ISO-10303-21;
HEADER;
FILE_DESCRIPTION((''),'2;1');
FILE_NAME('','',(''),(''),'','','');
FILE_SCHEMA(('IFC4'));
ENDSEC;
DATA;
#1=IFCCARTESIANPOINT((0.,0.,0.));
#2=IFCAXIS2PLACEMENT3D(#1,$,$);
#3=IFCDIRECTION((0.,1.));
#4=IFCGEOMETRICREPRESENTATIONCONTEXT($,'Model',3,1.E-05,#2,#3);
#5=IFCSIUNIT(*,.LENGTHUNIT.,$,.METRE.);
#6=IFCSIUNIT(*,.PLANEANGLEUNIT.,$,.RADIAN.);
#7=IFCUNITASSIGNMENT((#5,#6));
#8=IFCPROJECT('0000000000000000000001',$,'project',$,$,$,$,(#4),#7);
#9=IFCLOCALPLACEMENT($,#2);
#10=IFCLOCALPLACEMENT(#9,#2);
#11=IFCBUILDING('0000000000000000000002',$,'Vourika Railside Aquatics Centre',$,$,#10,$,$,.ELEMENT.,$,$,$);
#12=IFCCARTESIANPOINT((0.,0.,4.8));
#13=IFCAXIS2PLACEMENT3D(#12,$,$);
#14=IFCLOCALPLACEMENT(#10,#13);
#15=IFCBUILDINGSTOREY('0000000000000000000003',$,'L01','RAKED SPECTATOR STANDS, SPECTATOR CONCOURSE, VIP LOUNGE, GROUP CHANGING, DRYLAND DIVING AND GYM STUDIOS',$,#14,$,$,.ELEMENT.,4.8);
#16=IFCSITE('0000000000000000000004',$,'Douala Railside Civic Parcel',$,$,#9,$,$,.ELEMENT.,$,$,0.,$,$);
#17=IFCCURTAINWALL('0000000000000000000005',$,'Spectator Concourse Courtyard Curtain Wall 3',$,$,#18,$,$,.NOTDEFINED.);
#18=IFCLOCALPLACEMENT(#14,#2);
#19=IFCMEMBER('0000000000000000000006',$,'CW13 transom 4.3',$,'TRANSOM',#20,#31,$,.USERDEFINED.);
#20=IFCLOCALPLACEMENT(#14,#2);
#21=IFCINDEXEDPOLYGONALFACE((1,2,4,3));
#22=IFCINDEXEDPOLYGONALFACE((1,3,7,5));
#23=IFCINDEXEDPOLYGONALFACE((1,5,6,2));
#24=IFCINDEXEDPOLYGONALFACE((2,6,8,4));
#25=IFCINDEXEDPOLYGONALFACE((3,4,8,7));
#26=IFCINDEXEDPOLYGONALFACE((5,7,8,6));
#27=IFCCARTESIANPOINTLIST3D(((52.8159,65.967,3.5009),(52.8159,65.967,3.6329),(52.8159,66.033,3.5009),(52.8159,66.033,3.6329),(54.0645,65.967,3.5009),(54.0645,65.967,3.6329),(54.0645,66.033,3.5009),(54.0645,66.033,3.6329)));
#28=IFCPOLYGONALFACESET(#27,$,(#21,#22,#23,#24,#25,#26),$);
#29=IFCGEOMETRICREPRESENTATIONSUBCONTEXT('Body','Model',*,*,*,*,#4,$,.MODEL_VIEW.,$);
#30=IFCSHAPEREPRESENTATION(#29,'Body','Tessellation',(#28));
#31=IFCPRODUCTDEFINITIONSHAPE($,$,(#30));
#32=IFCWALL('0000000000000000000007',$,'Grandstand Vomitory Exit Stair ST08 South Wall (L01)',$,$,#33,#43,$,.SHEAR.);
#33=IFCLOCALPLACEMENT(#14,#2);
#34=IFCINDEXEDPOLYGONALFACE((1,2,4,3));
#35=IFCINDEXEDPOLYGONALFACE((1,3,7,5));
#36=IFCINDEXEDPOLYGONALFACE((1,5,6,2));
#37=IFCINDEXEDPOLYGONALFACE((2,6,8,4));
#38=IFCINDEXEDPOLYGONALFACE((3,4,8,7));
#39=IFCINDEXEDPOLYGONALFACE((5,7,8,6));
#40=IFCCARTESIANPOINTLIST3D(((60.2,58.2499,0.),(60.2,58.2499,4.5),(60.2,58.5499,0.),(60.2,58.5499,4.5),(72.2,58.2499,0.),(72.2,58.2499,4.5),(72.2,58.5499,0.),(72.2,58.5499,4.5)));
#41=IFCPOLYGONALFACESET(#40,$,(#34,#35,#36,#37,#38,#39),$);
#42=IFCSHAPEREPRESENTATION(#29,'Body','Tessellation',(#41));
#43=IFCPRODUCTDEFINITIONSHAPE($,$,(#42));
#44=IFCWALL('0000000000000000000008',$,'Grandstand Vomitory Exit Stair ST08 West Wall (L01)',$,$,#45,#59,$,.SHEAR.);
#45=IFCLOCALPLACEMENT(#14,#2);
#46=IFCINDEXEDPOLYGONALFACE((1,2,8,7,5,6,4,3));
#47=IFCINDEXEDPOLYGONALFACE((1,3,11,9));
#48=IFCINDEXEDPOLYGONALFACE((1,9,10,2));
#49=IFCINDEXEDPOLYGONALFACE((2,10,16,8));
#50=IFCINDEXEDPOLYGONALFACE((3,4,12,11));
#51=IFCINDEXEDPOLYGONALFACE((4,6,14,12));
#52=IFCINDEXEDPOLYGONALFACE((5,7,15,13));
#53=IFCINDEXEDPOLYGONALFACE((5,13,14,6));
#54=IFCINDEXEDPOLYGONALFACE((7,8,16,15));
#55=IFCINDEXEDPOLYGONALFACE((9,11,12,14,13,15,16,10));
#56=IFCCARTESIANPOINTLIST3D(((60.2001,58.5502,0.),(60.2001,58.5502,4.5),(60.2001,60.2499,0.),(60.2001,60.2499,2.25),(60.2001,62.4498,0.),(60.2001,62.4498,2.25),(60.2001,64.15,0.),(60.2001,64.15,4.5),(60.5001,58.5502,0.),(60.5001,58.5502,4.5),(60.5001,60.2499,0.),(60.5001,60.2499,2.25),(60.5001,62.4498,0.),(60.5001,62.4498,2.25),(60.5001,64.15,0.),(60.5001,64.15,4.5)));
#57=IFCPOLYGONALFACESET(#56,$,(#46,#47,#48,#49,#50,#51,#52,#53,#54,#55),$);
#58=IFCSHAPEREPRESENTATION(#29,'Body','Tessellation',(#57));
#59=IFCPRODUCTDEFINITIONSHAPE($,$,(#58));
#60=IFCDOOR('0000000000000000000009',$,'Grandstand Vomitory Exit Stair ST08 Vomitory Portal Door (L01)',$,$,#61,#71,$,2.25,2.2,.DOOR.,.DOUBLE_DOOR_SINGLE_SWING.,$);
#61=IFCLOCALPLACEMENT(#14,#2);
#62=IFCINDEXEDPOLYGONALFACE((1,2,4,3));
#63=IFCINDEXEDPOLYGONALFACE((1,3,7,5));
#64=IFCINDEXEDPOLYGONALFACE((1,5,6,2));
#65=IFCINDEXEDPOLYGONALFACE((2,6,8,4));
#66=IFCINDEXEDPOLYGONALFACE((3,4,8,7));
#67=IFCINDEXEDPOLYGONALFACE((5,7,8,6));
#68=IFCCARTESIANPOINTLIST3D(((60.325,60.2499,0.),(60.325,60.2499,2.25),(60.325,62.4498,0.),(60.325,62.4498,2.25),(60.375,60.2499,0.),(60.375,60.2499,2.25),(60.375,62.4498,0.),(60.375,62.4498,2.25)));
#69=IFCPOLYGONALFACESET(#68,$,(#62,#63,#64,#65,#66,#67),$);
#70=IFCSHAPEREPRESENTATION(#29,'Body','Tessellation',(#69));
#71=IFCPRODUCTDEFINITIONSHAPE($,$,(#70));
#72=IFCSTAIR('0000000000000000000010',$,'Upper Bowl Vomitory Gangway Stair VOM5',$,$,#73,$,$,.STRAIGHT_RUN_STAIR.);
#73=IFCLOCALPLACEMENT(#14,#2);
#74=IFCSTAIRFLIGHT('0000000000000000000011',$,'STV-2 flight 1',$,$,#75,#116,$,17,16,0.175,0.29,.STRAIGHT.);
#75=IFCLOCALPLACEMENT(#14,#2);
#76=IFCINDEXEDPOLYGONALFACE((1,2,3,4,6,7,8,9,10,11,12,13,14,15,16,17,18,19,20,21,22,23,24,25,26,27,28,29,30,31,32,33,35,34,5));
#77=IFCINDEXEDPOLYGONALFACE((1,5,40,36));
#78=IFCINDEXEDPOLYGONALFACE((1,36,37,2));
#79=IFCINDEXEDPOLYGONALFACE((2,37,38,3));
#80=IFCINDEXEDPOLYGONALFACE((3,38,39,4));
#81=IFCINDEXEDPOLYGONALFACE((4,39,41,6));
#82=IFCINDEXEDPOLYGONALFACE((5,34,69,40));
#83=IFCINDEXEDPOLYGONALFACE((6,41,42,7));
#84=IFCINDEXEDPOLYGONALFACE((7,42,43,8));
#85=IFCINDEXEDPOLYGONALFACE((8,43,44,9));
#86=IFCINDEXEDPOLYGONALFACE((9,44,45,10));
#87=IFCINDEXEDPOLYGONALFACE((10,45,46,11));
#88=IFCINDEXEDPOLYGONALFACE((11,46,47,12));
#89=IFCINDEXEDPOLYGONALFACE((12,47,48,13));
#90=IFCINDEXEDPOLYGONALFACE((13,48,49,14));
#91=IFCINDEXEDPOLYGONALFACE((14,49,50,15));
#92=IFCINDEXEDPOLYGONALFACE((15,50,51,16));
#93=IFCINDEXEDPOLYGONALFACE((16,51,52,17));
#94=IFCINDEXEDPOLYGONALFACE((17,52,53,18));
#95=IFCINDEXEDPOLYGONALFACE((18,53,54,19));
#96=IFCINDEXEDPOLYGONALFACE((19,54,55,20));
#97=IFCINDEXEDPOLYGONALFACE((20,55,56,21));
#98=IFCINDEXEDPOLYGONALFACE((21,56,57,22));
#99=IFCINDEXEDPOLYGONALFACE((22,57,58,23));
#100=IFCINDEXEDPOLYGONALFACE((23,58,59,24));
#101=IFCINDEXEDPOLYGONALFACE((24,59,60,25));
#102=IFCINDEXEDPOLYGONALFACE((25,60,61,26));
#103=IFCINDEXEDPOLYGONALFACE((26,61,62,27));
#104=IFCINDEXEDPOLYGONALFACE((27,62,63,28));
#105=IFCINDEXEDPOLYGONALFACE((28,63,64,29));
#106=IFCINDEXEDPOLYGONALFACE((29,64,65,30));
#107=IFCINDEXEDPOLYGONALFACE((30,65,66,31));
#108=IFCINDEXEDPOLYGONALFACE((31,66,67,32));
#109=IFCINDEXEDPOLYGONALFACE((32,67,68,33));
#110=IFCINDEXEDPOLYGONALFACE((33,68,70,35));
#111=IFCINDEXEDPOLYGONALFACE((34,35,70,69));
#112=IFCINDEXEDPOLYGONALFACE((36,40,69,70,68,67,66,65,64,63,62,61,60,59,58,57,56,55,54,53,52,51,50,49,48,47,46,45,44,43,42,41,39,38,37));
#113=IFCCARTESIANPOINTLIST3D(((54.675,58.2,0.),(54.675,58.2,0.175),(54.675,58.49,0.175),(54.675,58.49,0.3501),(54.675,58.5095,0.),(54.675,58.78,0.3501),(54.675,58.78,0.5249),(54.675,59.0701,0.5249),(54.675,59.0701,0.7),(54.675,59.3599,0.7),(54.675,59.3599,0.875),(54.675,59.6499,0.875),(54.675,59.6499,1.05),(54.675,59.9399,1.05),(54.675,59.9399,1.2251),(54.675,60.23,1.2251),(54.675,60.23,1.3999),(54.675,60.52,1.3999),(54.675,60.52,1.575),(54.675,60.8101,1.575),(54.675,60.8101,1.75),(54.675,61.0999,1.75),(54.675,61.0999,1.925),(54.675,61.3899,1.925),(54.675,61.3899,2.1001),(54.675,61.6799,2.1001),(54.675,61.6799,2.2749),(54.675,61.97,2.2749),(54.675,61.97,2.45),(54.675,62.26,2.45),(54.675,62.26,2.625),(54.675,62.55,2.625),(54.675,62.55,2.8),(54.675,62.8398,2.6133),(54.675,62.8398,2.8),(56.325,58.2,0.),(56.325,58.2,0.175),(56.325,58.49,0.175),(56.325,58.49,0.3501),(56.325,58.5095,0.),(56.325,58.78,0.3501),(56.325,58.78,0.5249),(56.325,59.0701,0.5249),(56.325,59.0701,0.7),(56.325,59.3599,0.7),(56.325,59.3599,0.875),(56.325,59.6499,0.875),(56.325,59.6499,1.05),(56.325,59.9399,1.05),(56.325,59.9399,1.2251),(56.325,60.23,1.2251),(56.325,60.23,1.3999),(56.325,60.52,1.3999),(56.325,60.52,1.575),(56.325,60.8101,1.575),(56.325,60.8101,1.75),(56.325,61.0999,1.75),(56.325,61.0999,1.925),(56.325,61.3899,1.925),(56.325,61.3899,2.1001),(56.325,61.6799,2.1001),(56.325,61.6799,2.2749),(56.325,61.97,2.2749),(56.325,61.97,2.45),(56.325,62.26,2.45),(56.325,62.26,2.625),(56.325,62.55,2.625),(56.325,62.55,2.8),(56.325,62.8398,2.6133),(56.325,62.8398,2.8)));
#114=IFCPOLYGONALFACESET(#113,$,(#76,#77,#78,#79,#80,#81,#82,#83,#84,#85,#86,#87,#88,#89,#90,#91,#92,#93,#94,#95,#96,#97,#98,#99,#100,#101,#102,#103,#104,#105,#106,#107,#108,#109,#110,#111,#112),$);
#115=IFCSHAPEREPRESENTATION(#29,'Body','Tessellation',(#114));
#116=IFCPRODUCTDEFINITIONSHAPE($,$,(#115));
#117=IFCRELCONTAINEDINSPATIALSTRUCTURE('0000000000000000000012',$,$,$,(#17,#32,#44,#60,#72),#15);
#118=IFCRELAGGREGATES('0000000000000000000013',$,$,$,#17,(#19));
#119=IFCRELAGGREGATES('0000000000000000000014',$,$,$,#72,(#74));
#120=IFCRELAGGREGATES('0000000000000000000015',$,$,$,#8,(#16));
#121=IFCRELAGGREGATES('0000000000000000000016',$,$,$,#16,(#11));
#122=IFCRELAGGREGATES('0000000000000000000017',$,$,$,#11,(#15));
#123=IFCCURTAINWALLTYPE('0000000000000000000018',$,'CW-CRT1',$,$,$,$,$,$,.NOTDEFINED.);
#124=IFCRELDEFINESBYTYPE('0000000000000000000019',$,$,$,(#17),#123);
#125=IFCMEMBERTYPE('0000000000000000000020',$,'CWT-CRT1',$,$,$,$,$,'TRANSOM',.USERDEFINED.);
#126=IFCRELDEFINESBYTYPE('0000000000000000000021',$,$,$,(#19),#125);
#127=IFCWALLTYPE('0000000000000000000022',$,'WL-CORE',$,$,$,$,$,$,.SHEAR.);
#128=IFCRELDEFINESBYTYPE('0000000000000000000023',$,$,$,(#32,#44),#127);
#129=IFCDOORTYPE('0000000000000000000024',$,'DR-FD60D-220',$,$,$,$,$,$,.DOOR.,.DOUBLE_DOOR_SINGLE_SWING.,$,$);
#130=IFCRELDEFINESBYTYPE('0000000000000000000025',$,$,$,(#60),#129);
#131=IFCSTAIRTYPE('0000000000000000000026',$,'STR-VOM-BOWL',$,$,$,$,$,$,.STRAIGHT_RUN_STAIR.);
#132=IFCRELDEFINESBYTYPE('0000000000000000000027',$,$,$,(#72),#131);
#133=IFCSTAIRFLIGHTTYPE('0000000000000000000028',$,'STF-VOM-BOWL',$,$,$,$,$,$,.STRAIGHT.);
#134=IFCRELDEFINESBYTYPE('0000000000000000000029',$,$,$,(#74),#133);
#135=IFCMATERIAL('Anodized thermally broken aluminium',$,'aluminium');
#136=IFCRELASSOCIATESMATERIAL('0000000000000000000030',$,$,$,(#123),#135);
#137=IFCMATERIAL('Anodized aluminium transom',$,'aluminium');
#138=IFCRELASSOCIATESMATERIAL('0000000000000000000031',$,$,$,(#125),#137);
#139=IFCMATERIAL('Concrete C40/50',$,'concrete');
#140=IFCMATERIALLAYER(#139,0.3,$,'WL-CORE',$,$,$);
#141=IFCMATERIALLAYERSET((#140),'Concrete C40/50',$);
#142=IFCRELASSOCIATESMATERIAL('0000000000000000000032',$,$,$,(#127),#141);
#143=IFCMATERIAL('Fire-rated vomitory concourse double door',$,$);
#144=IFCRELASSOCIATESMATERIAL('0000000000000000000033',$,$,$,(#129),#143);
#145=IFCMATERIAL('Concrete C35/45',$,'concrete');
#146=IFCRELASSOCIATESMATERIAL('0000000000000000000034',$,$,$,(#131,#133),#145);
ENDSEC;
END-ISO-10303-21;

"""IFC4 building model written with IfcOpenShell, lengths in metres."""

from ifc_helpers import new_model, si_unit, direction, frame, frame_2d, origin, origin_2d, place, context, subcontext, project, spatial, polyline, rectangle, outline, extrude, material, layer, layer_set, material_profile, profile_set, type_object, element, fill, aggregate, save


model = new_model("IFC4")

# Units and contexts
model_context = context("Model", 3, precision=1e-05, world=origin(), true_north=direction((0.0, 1.0)))
body_context = subcontext(model_context, "Body", "Model", "MODEL_VIEW")
ifc_project = project(units=[si_unit("LENGTHUNIT", "METRE"), si_unit("PLANEANGLEUNIT", "RADIAN")], contexts=[model_context])

# Site, building, storey
site_placement = place(None, origin())
site = spatial("IfcSite", under=ifc_project, at=site_placement, Name="Douala Railside Civic Parcel", CompositionType="ELEMENT", RefElevation=0.0)
building_placement = place(site_placement, origin())
building = spatial("IfcBuilding", under=site, at=building_placement, Name="Vourika Railside Aquatics Centre", CompositionType="ELEMENT")
storey_placement = place(building_placement, frame((0.0, 0.0, 4.8)))
storey = spatial("IfcBuildingStorey", under=building, at=storey_placement, Name="L01", Description="RAKED SPECTATOR STANDS, SPECTATOR CONCOURSE, VIP LOUNGE, GROUP CHANGING, DRYLAND DIVING AND GYM STUDIOS", CompositionType="ELEMENT", Elevation=4.8)

# Shared definitions
ifc_material_1 = material(Name="Concrete C35/45", Category="concrete")

# Curtain wall, member
ifc_material_2 = material(Name="Anodized thermally broken aluminium", Category="aluminium")
curtain_wall_type = type_object("IfcCurtainWallType", Name="CW-CRT1", PredefinedType="NOTDEFINED", material=ifc_material_2)
curtain_wall_placement = place(storey_placement, origin())
curtain_wall = element("IfcCurtainWall", 1, at=curtain_wall_placement, inside=storey, type_object=curtain_wall_type, Name="Spectator Concourse Courtyard Curtain Wall 3", PredefinedType="NOTDEFINED")
ifc_material_3 = material(Name="Anodized aluminium transom", Category="aluminium")
ifc_material_profile_1 = material_profile(ifc_material_3, rectangle(XDim=0.0659, YDim=0.1321, at=origin_2d()), Name="ALU-T 66x132")
ifc_profile_set_1 = profile_set([ifc_material_profile_1], Name="Anodized aluminium transom")
member_type_1 = type_object("IfcMemberType", Name="CWT-CRT1", ElementType="TRANSOM", PredefinedType="USERDEFINED", material=ifc_profile_set_1)
member_1_placement = place(storey_placement, frame((54.0645, 66.0, 3.5669), z_axis=(-1.0, 0.0, 0.0), x_axis=(0.0, -1.0, 0.0)))
member_1 = element("IfcMember", 2, at=member_1_placement, type_object=member_type_1, Name="CW13 transom 4.3", ObjectType="TRANSOM", PredefinedType="USERDEFINED", context=body_context, shape_type="SweptSolid", body=[
    extrude(rectangle(XDim=0.0659, YDim=0.1321, at=origin_2d()), origin(), (0.0, 0.0, 1.0), 1.2485),
])
aggregate(curtain_wall, [member_1])

# Wall
ifc_material_4 = material(Name="Concrete C40/50", Category="concrete")
ifc_layer = layer(ifc_material_4, 0.3, Name="WL-CORE")
ifc_layer_set = layer_set([ifc_layer], Name="Concrete C40/50")
wall_type = type_object("IfcWallType", Name="WL-CORE", PredefinedType="SHEAR", material=ifc_layer_set)
wall_1_placement = place(storey_placement, frame((60.2, 58.3999, 0.0), z_axis=(0.0, 0.0, 1.0), x_axis=(1.0, 0.0, 0.0)))
element("IfcWall", 3, at=wall_1_placement, inside=storey, type_object=wall_type, Name="Grandstand Vomitory Exit Stair ST08 South Wall (L01)", PredefinedType="SHEAR", context=body_context, shape_type="SweptSolid", body=[
    extrude(rectangle(XDim=12.0, YDim=0.3, at=frame_2d((6.0, 0.0))), origin(), (0.0, 0.0, 1.0), 4.5),
])

# Wall, opening, door
wall_2_placement = place(storey_placement, frame((60.3501, 64.1499, 0.0), z_axis=(0.0, 0.0, 1.0), x_axis=(0.0, -1.0, 0.0)))
wall_2 = element("IfcWall", 4, at=wall_2_placement, inside=storey, type_object=wall_type, Name="Grandstand Vomitory Exit Stair ST08 West Wall (L01)", PredefinedType="SHEAR", context=body_context, shape_type="SweptSolid", body=[
    extrude(rectangle(XDim=5.5999, YDim=0.3, at=frame_2d((2.7998, 0.0))), origin(), (0.0, 0.0, 1.0), 4.5),
])
opening_placement = place(wall_2_placement, frame((1.7, 0.0, 0.0)))
opening = element("IfcOpeningElement", 5, at=opening_placement, cuts=wall_2, PredefinedType="OPENING", context=body_context, shape_type="SweptSolid", body=[
    extrude(rectangle(XDim=2.2, YDim=2.25, at=frame_2d((1.1001, 1.125))), frame((0.0, 0.1602, 0.0), z_axis=(0.0, -1.0, 0.0), x_axis=(1.0, 0.0, 0.0)), (0.0, 0.0, 1.0), 0.3201),
])
ifc_material_5 = material(Name="Fire-rated vomitory concourse double door")
door_type = type_object("IfcDoorType", Name="DR-FD60D-220", OperationType="DOUBLE_DOOR_SINGLE_SWING", PredefinedType="DOOR", material=ifc_material_5)
door_placement = place(opening_placement, origin())
door = element("IfcDoor", 6, at=door_placement, inside=storey, type_object=door_type, Name="Grandstand Vomitory Exit Stair ST08 Vomitory Portal Door (L01)", OperationType="DOUBLE_DOOR_SINGLE_SWING", OverallHeight=2.25, OverallWidth=2.2, PredefinedType="DOOR", context=body_context, shape_type="SweptSolid", body=[
    extrude(rectangle(XDim=2.2, YDim=2.25, at=frame_2d((1.1001, 1.125))), frame((0.0, 0.0249, 0.0), z_axis=(0.0, -1.0, 0.0), x_axis=(1.0, 0.0, 0.0)), (0.0, 0.0, 1.0), 0.05),
])
fill(opening, door)

# Stair, stair flight
stair_type = type_object("IfcStairType", Name="STR-VOM-BOWL", PredefinedType="STRAIGHT_RUN_STAIR", material=ifc_material_1)
stair_placement = place(storey_placement, origin())
stair = element("IfcStair", 7, at=stair_placement, inside=storey, type_object=stair_type, Name="Upper Bowl Vomitory Gangway Stair VOM5", PredefinedType="STRAIGHT_RUN_STAIR")
stair_flight_type = type_object("IfcStairFlightType", Name="STF-VOM-BOWL", PredefinedType="STRAIGHT", material=ifc_material_1)
stair_flight_placement = place(storey_placement, frame((55.5, 58.2, 0.0), z_axis=(0.0, 0.0, 1.0), x_axis=(0.0, 1.0, 0.0)))
stair_flight = element("IfcStairFlight", 8, at=stair_flight_placement, type_object=stair_flight_type, Name="STV-2 flight 1", NumberOfRisers=17, NumberOfTreads=16, PredefinedType="STRAIGHT", RiserHeight=0.175, TreadLength=0.29, context=body_context, shape_type="SweptSolid", body=[
    extrude(outline(polyline([(0.0, 0.0), (0.0, 0.175), (0.29, 0.175), (0.29, 0.3501), (0.5801, 0.3501), (0.5801, 0.5249), (0.8701, 0.5249), (0.8701, 0.7), (1.1599, 0.7), (1.1599, 0.875), (1.45, 0.875), (1.45, 1.05), (1.74, 1.05), (1.74, 1.2251), (2.03, 1.2251), (2.03, 1.3999), (2.3201, 1.3999), (2.3201, 1.575), (2.6101, 1.575), (2.6101, 1.75), (2.8999, 1.75), (2.8999, 1.925), (3.1899, 1.925), (3.1899, 2.1001), (3.48, 2.1001), (3.48, 2.2749), (3.77, 2.2749), (3.77, 2.45), (4.0601, 2.45), (4.0601, 2.625), (4.3501, 2.625), (4.3501, 2.8), (4.6399, 2.8), (4.6399, 2.9751), (4.6399, 2.6133), (0.3096, 0.0), (0.0, 0.0)])), frame((0.0, 0.825, 0.0), z_axis=(0.0, -1.0, 0.0), x_axis=(1.0, 0.0, 0.0)), (0.0, 0.0, 1.0), 1.6499),
])
aggregate(stair, [stair_flight])

save(model, "model.ifc")
